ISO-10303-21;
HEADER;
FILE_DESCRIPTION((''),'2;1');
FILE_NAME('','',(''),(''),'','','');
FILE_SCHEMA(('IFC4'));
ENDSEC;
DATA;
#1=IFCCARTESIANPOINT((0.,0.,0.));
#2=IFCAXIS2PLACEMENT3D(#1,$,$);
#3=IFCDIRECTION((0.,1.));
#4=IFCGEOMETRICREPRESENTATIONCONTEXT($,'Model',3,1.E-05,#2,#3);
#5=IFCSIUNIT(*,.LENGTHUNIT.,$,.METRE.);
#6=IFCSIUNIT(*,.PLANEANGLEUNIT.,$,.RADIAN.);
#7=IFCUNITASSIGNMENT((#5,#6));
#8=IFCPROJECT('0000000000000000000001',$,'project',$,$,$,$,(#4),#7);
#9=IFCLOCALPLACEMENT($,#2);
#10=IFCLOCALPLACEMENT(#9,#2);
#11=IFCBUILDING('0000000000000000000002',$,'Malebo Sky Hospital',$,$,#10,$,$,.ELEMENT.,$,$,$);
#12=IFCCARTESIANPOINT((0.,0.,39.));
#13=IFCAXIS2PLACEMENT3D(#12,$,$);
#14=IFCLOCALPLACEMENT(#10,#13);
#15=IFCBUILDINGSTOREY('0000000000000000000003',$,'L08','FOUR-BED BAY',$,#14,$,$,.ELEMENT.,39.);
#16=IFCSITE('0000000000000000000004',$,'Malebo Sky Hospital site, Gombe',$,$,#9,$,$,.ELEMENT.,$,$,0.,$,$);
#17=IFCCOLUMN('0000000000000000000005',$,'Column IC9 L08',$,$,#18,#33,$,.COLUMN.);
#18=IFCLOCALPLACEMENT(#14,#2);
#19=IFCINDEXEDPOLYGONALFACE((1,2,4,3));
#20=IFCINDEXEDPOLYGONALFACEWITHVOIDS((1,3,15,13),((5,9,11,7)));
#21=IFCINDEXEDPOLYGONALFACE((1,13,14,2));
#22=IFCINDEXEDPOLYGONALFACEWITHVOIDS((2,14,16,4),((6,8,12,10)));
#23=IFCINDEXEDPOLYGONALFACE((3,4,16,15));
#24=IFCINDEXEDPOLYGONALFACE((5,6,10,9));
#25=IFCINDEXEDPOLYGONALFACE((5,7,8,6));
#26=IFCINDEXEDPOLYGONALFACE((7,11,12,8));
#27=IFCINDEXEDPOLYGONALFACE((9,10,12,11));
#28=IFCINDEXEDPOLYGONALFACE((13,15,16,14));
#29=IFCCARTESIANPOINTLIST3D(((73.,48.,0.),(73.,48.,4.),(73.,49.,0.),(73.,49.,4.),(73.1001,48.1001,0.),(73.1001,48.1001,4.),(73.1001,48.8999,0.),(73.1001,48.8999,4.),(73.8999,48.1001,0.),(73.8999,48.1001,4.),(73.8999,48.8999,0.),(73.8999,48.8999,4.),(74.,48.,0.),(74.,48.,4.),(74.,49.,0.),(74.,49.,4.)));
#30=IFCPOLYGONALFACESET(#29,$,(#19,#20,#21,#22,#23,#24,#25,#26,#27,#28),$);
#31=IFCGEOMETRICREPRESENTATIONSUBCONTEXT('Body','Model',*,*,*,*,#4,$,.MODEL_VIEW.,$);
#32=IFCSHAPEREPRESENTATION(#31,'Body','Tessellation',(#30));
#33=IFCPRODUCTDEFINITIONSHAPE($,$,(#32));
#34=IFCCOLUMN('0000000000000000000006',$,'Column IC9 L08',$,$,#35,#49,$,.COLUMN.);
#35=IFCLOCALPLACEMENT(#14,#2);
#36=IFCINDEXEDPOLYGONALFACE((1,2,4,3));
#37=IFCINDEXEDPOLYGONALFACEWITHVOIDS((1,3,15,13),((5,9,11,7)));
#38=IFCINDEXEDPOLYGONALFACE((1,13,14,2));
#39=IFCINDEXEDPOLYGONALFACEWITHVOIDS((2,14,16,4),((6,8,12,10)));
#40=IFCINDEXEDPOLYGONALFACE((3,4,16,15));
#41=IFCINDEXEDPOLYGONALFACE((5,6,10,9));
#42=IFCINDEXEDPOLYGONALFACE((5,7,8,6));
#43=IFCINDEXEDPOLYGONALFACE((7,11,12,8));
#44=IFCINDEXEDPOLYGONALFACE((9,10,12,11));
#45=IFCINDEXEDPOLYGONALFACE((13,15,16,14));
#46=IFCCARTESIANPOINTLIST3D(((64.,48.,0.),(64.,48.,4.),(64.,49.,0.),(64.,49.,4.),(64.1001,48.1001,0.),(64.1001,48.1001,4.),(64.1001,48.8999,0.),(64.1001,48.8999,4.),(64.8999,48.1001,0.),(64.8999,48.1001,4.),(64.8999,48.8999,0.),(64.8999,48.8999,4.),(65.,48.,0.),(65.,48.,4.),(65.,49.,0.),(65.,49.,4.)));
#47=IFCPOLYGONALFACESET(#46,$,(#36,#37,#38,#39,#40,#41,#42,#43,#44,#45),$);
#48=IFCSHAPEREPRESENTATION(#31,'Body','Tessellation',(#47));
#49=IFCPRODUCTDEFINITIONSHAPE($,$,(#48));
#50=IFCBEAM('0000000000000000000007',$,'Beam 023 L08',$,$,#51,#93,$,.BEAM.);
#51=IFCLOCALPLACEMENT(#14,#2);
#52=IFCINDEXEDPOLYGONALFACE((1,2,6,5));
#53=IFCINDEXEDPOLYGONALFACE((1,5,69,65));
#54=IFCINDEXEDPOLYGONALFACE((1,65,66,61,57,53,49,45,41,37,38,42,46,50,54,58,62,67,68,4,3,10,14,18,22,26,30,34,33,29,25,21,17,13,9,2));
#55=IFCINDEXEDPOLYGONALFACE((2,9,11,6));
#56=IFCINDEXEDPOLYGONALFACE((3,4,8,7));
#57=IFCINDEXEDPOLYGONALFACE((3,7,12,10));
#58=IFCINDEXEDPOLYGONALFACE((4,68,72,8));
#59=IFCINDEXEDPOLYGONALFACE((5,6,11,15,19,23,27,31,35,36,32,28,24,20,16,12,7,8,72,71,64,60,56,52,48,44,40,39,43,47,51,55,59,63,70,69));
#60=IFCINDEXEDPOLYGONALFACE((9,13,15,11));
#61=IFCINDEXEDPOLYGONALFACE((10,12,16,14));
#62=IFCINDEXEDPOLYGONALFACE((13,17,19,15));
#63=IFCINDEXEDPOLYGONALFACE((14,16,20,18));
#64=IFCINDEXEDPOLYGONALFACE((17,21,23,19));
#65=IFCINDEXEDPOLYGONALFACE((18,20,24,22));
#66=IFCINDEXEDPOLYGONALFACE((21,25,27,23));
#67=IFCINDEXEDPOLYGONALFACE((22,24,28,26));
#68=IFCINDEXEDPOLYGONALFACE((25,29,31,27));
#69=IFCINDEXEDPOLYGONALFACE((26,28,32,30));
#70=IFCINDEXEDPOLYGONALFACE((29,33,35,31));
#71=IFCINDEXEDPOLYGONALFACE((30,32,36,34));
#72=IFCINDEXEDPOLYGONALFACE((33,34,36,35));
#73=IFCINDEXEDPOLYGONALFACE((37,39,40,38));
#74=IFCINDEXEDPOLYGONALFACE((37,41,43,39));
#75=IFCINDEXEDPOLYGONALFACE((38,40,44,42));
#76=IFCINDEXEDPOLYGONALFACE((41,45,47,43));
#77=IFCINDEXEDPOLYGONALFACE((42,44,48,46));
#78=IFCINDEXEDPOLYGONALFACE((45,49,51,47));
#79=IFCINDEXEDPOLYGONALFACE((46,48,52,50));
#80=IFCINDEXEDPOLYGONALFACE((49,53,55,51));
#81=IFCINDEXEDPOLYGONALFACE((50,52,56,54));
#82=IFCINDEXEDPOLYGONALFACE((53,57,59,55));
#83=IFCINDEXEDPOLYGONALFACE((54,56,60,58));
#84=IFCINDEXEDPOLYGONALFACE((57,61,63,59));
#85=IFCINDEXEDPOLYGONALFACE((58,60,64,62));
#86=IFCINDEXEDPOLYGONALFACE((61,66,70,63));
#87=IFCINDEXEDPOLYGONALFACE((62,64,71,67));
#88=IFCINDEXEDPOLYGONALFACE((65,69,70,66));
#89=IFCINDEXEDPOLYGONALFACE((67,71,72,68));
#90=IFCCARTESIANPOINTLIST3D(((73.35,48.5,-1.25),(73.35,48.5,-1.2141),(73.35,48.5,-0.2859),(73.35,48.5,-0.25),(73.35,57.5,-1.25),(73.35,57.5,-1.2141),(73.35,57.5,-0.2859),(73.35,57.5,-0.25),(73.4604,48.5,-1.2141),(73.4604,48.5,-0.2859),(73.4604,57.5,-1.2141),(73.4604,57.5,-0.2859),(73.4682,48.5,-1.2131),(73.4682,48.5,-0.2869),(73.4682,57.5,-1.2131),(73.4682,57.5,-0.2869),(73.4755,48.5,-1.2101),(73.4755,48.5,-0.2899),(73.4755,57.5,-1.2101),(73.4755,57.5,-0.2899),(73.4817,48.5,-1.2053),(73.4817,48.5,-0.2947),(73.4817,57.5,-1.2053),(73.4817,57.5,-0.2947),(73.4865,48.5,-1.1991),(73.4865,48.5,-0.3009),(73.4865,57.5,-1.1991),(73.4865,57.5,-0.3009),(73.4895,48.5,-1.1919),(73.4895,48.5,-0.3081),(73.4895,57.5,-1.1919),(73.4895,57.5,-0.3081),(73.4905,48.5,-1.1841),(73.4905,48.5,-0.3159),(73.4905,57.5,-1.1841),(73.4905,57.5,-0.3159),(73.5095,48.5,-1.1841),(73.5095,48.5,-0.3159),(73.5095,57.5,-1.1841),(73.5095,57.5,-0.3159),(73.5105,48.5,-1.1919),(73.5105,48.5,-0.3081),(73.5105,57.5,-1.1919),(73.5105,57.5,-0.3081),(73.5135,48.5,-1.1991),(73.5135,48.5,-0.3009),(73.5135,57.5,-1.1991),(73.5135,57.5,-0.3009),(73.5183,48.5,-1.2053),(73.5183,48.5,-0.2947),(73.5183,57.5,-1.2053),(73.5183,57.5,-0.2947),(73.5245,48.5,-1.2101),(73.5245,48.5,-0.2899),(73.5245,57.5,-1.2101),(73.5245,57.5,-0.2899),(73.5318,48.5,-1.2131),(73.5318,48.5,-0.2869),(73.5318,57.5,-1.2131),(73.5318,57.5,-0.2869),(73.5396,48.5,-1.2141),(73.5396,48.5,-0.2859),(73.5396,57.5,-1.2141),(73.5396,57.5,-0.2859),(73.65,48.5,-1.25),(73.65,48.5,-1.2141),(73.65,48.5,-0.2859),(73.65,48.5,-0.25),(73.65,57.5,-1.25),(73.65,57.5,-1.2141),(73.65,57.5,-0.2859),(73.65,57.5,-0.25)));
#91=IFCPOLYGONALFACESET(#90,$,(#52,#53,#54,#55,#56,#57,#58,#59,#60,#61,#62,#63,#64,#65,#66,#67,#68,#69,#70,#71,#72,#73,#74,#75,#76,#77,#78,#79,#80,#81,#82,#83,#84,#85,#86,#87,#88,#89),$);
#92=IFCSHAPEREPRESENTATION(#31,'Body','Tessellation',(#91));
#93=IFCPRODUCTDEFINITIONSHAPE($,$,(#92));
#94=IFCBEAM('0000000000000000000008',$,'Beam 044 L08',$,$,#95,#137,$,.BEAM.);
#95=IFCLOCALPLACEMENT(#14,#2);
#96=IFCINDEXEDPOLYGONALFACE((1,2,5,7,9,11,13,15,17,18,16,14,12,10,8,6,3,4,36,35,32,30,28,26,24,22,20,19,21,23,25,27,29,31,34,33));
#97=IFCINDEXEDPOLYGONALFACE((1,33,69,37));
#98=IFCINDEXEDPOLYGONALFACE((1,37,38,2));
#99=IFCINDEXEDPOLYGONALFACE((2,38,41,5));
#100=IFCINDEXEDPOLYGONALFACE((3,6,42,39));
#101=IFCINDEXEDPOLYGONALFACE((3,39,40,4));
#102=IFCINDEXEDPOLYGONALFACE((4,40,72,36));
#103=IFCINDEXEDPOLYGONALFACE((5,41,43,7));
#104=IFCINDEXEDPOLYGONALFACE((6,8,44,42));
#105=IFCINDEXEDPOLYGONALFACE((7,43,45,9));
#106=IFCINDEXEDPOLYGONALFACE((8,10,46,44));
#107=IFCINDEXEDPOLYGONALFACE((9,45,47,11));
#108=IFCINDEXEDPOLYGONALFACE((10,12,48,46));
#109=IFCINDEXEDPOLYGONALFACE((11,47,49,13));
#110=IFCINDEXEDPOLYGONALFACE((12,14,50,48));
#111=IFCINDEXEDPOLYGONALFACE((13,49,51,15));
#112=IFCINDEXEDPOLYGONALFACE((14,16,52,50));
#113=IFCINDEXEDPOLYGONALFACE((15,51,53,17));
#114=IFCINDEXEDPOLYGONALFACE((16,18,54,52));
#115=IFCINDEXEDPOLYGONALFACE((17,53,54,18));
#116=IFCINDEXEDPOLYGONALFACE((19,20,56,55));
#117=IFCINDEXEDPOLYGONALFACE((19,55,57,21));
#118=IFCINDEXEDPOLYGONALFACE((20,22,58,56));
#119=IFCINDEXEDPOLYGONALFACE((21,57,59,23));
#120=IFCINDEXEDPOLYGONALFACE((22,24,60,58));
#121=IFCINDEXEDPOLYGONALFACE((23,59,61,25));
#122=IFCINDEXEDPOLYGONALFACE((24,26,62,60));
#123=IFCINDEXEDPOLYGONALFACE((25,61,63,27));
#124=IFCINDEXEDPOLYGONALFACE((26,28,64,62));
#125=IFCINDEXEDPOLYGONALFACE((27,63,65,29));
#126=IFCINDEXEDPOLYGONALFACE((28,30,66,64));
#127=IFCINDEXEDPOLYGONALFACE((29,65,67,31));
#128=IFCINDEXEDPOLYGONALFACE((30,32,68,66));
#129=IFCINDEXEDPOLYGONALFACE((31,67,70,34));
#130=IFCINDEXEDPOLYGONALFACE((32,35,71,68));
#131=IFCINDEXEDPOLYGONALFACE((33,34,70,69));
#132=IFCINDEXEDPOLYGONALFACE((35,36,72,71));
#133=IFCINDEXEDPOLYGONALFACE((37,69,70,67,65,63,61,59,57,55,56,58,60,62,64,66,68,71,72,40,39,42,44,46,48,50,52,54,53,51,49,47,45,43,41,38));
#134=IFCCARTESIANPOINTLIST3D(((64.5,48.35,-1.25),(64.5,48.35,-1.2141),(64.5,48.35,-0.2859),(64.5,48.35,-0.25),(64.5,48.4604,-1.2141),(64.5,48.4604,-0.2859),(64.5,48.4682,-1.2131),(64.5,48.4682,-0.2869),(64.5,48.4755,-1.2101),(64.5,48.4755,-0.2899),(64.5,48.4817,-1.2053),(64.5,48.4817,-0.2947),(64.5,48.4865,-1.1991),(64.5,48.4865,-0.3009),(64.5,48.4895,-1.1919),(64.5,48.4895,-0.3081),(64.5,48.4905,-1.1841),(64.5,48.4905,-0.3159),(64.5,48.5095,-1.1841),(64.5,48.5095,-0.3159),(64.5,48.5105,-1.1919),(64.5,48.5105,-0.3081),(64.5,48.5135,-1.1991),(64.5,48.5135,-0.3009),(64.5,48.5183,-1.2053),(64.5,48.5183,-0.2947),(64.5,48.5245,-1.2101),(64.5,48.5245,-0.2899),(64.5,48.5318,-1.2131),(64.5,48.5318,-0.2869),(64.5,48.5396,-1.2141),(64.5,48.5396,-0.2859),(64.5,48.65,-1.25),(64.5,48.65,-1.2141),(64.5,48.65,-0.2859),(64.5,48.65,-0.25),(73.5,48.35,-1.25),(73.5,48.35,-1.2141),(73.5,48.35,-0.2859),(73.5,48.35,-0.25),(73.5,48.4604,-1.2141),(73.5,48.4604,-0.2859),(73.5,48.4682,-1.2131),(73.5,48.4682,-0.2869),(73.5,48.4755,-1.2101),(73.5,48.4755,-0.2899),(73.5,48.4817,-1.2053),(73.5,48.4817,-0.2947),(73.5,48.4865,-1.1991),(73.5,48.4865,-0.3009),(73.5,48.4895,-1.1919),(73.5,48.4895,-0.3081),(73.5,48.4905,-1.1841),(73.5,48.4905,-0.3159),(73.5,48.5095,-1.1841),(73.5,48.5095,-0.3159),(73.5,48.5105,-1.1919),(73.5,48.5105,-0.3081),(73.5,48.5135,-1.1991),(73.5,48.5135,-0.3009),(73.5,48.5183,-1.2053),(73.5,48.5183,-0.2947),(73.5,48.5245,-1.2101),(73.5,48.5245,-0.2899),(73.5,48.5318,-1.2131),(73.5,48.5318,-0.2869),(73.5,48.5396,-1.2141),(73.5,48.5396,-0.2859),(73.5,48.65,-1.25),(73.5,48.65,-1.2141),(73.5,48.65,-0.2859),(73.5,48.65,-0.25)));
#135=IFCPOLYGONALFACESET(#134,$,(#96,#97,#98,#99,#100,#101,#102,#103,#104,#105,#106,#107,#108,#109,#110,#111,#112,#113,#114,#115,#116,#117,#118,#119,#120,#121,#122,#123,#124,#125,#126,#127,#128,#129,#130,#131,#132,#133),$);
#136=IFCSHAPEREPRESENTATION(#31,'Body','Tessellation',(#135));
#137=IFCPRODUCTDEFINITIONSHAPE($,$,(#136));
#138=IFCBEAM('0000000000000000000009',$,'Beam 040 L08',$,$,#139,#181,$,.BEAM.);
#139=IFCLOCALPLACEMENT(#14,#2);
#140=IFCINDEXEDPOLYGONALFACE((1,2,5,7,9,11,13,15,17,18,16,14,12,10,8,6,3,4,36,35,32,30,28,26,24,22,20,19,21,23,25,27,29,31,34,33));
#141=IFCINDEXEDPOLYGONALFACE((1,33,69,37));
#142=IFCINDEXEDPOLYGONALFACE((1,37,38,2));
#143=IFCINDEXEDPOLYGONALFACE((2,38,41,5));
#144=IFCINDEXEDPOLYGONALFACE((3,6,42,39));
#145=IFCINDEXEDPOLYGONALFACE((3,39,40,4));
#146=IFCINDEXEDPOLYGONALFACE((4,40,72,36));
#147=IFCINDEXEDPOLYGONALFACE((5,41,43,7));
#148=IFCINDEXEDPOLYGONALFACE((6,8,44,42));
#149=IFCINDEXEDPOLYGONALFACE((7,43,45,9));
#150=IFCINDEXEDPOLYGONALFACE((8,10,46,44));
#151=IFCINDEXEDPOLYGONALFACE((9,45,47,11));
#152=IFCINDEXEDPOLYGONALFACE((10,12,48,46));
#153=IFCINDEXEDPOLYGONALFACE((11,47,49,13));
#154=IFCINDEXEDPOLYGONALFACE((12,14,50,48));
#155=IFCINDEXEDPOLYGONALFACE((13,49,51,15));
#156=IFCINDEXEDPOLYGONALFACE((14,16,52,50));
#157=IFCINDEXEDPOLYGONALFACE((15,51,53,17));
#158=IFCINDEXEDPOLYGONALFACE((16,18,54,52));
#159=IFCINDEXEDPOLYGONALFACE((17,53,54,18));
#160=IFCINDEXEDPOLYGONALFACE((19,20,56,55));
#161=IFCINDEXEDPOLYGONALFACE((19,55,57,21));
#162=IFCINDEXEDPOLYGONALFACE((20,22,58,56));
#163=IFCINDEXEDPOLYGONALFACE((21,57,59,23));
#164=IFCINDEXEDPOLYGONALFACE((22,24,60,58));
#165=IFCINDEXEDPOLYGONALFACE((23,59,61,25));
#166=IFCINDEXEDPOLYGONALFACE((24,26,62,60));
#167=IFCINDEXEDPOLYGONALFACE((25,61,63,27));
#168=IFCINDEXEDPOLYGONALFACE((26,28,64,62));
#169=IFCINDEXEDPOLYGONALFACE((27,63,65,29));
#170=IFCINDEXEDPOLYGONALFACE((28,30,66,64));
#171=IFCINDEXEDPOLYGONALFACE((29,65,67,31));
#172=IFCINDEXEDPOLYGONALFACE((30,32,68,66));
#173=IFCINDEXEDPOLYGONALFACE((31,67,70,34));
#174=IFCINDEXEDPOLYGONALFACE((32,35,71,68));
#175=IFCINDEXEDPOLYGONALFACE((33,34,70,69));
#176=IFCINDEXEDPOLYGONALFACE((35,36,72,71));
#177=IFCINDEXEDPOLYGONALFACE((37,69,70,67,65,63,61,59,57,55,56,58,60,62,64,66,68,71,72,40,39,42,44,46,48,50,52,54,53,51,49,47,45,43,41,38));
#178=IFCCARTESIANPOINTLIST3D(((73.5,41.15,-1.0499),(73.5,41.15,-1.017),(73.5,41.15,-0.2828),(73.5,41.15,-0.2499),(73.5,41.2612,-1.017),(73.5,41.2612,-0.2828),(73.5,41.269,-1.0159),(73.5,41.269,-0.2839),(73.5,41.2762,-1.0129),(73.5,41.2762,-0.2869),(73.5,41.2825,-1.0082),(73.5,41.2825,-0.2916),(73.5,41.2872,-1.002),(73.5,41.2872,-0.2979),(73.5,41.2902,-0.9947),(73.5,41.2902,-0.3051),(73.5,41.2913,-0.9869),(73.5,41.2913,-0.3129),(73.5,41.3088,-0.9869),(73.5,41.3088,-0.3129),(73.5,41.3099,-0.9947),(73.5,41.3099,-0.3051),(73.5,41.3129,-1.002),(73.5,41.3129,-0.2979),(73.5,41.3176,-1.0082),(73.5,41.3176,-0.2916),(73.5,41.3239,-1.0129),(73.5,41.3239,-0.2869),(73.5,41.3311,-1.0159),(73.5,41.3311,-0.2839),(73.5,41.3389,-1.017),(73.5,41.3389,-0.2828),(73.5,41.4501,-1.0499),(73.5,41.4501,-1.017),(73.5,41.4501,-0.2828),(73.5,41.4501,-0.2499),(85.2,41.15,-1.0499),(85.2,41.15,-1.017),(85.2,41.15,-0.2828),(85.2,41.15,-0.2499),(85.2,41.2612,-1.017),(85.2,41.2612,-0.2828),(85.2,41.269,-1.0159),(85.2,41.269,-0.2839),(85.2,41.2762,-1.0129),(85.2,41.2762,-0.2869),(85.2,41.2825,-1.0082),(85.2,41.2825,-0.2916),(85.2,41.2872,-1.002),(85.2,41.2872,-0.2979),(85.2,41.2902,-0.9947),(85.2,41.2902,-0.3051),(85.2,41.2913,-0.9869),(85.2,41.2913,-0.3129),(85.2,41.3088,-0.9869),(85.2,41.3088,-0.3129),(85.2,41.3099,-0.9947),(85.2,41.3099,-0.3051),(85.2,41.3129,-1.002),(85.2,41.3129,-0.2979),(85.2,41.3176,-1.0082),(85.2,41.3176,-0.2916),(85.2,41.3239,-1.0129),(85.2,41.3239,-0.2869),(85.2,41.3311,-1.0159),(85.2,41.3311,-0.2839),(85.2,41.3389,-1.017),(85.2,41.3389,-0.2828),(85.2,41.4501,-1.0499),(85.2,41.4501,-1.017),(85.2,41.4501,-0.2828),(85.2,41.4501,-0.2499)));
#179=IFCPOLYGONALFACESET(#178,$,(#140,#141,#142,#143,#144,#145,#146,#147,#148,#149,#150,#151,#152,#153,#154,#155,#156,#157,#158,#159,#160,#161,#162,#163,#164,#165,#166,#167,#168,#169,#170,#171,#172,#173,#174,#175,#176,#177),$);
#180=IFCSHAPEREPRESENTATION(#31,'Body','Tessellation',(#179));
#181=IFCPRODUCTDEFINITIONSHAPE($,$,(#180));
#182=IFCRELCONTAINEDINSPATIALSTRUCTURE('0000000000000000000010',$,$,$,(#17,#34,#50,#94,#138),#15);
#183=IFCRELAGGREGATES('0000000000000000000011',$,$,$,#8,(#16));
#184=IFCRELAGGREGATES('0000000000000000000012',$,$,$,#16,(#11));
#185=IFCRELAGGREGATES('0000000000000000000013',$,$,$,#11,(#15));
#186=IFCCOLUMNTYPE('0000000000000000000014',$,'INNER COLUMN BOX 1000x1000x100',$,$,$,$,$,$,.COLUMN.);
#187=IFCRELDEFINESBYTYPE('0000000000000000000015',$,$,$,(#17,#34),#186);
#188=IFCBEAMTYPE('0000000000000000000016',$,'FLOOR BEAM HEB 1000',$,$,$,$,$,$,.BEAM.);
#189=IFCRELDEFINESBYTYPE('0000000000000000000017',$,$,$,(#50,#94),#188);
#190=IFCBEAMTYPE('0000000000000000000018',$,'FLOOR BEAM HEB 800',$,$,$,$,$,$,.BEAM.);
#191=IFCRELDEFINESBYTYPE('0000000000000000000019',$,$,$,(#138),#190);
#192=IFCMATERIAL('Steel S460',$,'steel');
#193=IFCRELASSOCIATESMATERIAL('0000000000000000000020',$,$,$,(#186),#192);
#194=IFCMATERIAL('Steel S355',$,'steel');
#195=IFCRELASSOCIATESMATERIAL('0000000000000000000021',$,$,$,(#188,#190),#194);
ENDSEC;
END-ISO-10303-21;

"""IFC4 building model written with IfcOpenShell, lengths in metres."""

from ifc_helpers import new_model, si_unit, direction, frame, origin, origin_2d, place, context, subcontext, project, spatial, hollow_rectangle, i_section, extrude, material, material_profile, profile_set, type_object, element, save


model = new_model("IFC4")

# Units and contexts
model_context = context("Model", 3, precision=1e-05, world=origin(), true_north=direction((0.0, 1.0)))
body_context = subcontext(model_context, "Body", "Model", "MODEL_VIEW")
ifc_project = project(units=[si_unit("LENGTHUNIT", "METRE"), si_unit("PLANEANGLEUNIT", "RADIAN")], contexts=[model_context])

# Site, building, storey
site_placement = place(None, origin())
site = spatial("IfcSite", under=ifc_project, at=site_placement, Name="Malebo Sky Hospital site, Gombe", CompositionType="ELEMENT", RefElevation=0.0)
building_placement = place(site_placement, origin())
building = spatial("IfcBuilding", under=site, at=building_placement, Name="Malebo Sky Hospital", CompositionType="ELEMENT")
storey_placement = place(building_placement, frame((0.0, 0.0, 39.0)))
storey = spatial("IfcBuildingStorey", under=building, at=storey_placement, Name="L08", Description="FOUR-BED BAY", CompositionType="ELEMENT", Elevation=39.0)

# Columns
ifc_material_1 = material(Name="Steel S460", Category="steel")
ifc_material_profile_1 = material_profile(ifc_material_1, hollow_rectangle(XDim=1.0, YDim=1.0, WallThickness=0.1001, at=origin_2d()), Name="BOX 1000x1000x100")
ifc_profile_set_1 = profile_set([ifc_material_profile_1], Name="Steel S460")
column_type = type_object("IfcColumnType", Name="INNER COLUMN BOX 1000x1000x100", PredefinedType="COLUMN", material=ifc_profile_set_1)
for number, where, z_axis, x_axis, name in (
    (1, (73.5, 48.5, 0.0), (0.0, 0.0, 1.0), (1.0, 0.0, 0.0), "Column IC9 L08"),
    (2, (64.5, 48.5, 0.0), (0.0, 0.0, 1.0), (1.0, 0.0, 0.0), "Column IC9 L08"),
):
    element("IfcColumn", number, at=place(storey_placement, frame(where, z_axis=z_axis, x_axis=x_axis)), inside=storey, type_object=column_type, Name=name, PredefinedType="COLUMN", context=body_context, shape_type="SweptSolid", body=[
        extrude(hollow_rectangle(XDim=1.0, YDim=1.0, WallThickness=0.1001, at=origin_2d()), origin(), (0.0, 0.0, 1.0), 4.0),
    ])

# Beams
ifc_material_2 = material(Name="Steel S355", Category="steel")
ifc_material_profile_2 = material_profile(ifc_material_2, i_section(OverallWidth=0.3, OverallDepth=1.0, WebThickness=0.019, FlangeThickness=0.0359, FilletRadius=0.03, at=origin_2d()), Name="HEB 1000")
ifc_profile_set_2 = profile_set([ifc_material_profile_2], Name="Steel S355")
beam_type_1 = type_object("IfcBeamType", Name="FLOOR BEAM HEB 1000", PredefinedType="BEAM", material=ifc_profile_set_2)
for number, where, z_axis, x_axis, name in (
    (3, (73.5, 48.5, -0.75), (0.0, 1.0, 0.0), (-1.0, 0.0, 0.0), "Beam 023 L08"),
    (4, (64.5, 48.5, -0.75), (1.0, 0.0, 0.0), (0.0, 1.0, 0.0), "Beam 044 L08"),
):
    element("IfcBeam", number, at=place(storey_placement, frame(where, z_axis=z_axis, x_axis=x_axis)), inside=storey, type_object=beam_type_1, Name=name, PredefinedType="BEAM", context=body_context, shape_type="SweptSolid", body=[
        extrude(i_section(OverallWidth=0.3, OverallDepth=1.0, WebThickness=0.019, FlangeThickness=0.0359, FilletRadius=0.03, at=origin_2d()), origin(), (0.0, 0.0, 1.0), 9.0),
    ])
ifc_material_profile_3 = material_profile(ifc_material_2, i_section(OverallWidth=0.3, OverallDepth=0.8, WebThickness=0.0176, FlangeThickness=0.033, FilletRadius=0.03, at=origin_2d()), Name="HEB 800")
ifc_profile_set_3 = profile_set([ifc_material_profile_3], Name="Steel S355")
beam_type_2 = type_object("IfcBeamType", Name="FLOOR BEAM HEB 800", PredefinedType="BEAM", material=ifc_profile_set_3)
beam_1_placement = place(storey_placement, frame((73.5, 41.3, -0.6499), z_axis=(1.0, 0.0, 0.0), x_axis=(0.0, 1.0, 0.0)))
element("IfcBeam", 5, at=beam_1_placement, inside=storey, type_object=beam_type_2, Name="Beam 040 L08", PredefinedType="BEAM", context=body_context, shape_type="SweptSolid", body=[
    extrude(i_section(OverallWidth=0.3, OverallDepth=0.8, WebThickness=0.0176, FlangeThickness=0.033, FilletRadius=0.03, at=origin_2d()), origin(), (0.0, 0.0, 1.0), 11.7),
])

save(model, "model.ifc")
